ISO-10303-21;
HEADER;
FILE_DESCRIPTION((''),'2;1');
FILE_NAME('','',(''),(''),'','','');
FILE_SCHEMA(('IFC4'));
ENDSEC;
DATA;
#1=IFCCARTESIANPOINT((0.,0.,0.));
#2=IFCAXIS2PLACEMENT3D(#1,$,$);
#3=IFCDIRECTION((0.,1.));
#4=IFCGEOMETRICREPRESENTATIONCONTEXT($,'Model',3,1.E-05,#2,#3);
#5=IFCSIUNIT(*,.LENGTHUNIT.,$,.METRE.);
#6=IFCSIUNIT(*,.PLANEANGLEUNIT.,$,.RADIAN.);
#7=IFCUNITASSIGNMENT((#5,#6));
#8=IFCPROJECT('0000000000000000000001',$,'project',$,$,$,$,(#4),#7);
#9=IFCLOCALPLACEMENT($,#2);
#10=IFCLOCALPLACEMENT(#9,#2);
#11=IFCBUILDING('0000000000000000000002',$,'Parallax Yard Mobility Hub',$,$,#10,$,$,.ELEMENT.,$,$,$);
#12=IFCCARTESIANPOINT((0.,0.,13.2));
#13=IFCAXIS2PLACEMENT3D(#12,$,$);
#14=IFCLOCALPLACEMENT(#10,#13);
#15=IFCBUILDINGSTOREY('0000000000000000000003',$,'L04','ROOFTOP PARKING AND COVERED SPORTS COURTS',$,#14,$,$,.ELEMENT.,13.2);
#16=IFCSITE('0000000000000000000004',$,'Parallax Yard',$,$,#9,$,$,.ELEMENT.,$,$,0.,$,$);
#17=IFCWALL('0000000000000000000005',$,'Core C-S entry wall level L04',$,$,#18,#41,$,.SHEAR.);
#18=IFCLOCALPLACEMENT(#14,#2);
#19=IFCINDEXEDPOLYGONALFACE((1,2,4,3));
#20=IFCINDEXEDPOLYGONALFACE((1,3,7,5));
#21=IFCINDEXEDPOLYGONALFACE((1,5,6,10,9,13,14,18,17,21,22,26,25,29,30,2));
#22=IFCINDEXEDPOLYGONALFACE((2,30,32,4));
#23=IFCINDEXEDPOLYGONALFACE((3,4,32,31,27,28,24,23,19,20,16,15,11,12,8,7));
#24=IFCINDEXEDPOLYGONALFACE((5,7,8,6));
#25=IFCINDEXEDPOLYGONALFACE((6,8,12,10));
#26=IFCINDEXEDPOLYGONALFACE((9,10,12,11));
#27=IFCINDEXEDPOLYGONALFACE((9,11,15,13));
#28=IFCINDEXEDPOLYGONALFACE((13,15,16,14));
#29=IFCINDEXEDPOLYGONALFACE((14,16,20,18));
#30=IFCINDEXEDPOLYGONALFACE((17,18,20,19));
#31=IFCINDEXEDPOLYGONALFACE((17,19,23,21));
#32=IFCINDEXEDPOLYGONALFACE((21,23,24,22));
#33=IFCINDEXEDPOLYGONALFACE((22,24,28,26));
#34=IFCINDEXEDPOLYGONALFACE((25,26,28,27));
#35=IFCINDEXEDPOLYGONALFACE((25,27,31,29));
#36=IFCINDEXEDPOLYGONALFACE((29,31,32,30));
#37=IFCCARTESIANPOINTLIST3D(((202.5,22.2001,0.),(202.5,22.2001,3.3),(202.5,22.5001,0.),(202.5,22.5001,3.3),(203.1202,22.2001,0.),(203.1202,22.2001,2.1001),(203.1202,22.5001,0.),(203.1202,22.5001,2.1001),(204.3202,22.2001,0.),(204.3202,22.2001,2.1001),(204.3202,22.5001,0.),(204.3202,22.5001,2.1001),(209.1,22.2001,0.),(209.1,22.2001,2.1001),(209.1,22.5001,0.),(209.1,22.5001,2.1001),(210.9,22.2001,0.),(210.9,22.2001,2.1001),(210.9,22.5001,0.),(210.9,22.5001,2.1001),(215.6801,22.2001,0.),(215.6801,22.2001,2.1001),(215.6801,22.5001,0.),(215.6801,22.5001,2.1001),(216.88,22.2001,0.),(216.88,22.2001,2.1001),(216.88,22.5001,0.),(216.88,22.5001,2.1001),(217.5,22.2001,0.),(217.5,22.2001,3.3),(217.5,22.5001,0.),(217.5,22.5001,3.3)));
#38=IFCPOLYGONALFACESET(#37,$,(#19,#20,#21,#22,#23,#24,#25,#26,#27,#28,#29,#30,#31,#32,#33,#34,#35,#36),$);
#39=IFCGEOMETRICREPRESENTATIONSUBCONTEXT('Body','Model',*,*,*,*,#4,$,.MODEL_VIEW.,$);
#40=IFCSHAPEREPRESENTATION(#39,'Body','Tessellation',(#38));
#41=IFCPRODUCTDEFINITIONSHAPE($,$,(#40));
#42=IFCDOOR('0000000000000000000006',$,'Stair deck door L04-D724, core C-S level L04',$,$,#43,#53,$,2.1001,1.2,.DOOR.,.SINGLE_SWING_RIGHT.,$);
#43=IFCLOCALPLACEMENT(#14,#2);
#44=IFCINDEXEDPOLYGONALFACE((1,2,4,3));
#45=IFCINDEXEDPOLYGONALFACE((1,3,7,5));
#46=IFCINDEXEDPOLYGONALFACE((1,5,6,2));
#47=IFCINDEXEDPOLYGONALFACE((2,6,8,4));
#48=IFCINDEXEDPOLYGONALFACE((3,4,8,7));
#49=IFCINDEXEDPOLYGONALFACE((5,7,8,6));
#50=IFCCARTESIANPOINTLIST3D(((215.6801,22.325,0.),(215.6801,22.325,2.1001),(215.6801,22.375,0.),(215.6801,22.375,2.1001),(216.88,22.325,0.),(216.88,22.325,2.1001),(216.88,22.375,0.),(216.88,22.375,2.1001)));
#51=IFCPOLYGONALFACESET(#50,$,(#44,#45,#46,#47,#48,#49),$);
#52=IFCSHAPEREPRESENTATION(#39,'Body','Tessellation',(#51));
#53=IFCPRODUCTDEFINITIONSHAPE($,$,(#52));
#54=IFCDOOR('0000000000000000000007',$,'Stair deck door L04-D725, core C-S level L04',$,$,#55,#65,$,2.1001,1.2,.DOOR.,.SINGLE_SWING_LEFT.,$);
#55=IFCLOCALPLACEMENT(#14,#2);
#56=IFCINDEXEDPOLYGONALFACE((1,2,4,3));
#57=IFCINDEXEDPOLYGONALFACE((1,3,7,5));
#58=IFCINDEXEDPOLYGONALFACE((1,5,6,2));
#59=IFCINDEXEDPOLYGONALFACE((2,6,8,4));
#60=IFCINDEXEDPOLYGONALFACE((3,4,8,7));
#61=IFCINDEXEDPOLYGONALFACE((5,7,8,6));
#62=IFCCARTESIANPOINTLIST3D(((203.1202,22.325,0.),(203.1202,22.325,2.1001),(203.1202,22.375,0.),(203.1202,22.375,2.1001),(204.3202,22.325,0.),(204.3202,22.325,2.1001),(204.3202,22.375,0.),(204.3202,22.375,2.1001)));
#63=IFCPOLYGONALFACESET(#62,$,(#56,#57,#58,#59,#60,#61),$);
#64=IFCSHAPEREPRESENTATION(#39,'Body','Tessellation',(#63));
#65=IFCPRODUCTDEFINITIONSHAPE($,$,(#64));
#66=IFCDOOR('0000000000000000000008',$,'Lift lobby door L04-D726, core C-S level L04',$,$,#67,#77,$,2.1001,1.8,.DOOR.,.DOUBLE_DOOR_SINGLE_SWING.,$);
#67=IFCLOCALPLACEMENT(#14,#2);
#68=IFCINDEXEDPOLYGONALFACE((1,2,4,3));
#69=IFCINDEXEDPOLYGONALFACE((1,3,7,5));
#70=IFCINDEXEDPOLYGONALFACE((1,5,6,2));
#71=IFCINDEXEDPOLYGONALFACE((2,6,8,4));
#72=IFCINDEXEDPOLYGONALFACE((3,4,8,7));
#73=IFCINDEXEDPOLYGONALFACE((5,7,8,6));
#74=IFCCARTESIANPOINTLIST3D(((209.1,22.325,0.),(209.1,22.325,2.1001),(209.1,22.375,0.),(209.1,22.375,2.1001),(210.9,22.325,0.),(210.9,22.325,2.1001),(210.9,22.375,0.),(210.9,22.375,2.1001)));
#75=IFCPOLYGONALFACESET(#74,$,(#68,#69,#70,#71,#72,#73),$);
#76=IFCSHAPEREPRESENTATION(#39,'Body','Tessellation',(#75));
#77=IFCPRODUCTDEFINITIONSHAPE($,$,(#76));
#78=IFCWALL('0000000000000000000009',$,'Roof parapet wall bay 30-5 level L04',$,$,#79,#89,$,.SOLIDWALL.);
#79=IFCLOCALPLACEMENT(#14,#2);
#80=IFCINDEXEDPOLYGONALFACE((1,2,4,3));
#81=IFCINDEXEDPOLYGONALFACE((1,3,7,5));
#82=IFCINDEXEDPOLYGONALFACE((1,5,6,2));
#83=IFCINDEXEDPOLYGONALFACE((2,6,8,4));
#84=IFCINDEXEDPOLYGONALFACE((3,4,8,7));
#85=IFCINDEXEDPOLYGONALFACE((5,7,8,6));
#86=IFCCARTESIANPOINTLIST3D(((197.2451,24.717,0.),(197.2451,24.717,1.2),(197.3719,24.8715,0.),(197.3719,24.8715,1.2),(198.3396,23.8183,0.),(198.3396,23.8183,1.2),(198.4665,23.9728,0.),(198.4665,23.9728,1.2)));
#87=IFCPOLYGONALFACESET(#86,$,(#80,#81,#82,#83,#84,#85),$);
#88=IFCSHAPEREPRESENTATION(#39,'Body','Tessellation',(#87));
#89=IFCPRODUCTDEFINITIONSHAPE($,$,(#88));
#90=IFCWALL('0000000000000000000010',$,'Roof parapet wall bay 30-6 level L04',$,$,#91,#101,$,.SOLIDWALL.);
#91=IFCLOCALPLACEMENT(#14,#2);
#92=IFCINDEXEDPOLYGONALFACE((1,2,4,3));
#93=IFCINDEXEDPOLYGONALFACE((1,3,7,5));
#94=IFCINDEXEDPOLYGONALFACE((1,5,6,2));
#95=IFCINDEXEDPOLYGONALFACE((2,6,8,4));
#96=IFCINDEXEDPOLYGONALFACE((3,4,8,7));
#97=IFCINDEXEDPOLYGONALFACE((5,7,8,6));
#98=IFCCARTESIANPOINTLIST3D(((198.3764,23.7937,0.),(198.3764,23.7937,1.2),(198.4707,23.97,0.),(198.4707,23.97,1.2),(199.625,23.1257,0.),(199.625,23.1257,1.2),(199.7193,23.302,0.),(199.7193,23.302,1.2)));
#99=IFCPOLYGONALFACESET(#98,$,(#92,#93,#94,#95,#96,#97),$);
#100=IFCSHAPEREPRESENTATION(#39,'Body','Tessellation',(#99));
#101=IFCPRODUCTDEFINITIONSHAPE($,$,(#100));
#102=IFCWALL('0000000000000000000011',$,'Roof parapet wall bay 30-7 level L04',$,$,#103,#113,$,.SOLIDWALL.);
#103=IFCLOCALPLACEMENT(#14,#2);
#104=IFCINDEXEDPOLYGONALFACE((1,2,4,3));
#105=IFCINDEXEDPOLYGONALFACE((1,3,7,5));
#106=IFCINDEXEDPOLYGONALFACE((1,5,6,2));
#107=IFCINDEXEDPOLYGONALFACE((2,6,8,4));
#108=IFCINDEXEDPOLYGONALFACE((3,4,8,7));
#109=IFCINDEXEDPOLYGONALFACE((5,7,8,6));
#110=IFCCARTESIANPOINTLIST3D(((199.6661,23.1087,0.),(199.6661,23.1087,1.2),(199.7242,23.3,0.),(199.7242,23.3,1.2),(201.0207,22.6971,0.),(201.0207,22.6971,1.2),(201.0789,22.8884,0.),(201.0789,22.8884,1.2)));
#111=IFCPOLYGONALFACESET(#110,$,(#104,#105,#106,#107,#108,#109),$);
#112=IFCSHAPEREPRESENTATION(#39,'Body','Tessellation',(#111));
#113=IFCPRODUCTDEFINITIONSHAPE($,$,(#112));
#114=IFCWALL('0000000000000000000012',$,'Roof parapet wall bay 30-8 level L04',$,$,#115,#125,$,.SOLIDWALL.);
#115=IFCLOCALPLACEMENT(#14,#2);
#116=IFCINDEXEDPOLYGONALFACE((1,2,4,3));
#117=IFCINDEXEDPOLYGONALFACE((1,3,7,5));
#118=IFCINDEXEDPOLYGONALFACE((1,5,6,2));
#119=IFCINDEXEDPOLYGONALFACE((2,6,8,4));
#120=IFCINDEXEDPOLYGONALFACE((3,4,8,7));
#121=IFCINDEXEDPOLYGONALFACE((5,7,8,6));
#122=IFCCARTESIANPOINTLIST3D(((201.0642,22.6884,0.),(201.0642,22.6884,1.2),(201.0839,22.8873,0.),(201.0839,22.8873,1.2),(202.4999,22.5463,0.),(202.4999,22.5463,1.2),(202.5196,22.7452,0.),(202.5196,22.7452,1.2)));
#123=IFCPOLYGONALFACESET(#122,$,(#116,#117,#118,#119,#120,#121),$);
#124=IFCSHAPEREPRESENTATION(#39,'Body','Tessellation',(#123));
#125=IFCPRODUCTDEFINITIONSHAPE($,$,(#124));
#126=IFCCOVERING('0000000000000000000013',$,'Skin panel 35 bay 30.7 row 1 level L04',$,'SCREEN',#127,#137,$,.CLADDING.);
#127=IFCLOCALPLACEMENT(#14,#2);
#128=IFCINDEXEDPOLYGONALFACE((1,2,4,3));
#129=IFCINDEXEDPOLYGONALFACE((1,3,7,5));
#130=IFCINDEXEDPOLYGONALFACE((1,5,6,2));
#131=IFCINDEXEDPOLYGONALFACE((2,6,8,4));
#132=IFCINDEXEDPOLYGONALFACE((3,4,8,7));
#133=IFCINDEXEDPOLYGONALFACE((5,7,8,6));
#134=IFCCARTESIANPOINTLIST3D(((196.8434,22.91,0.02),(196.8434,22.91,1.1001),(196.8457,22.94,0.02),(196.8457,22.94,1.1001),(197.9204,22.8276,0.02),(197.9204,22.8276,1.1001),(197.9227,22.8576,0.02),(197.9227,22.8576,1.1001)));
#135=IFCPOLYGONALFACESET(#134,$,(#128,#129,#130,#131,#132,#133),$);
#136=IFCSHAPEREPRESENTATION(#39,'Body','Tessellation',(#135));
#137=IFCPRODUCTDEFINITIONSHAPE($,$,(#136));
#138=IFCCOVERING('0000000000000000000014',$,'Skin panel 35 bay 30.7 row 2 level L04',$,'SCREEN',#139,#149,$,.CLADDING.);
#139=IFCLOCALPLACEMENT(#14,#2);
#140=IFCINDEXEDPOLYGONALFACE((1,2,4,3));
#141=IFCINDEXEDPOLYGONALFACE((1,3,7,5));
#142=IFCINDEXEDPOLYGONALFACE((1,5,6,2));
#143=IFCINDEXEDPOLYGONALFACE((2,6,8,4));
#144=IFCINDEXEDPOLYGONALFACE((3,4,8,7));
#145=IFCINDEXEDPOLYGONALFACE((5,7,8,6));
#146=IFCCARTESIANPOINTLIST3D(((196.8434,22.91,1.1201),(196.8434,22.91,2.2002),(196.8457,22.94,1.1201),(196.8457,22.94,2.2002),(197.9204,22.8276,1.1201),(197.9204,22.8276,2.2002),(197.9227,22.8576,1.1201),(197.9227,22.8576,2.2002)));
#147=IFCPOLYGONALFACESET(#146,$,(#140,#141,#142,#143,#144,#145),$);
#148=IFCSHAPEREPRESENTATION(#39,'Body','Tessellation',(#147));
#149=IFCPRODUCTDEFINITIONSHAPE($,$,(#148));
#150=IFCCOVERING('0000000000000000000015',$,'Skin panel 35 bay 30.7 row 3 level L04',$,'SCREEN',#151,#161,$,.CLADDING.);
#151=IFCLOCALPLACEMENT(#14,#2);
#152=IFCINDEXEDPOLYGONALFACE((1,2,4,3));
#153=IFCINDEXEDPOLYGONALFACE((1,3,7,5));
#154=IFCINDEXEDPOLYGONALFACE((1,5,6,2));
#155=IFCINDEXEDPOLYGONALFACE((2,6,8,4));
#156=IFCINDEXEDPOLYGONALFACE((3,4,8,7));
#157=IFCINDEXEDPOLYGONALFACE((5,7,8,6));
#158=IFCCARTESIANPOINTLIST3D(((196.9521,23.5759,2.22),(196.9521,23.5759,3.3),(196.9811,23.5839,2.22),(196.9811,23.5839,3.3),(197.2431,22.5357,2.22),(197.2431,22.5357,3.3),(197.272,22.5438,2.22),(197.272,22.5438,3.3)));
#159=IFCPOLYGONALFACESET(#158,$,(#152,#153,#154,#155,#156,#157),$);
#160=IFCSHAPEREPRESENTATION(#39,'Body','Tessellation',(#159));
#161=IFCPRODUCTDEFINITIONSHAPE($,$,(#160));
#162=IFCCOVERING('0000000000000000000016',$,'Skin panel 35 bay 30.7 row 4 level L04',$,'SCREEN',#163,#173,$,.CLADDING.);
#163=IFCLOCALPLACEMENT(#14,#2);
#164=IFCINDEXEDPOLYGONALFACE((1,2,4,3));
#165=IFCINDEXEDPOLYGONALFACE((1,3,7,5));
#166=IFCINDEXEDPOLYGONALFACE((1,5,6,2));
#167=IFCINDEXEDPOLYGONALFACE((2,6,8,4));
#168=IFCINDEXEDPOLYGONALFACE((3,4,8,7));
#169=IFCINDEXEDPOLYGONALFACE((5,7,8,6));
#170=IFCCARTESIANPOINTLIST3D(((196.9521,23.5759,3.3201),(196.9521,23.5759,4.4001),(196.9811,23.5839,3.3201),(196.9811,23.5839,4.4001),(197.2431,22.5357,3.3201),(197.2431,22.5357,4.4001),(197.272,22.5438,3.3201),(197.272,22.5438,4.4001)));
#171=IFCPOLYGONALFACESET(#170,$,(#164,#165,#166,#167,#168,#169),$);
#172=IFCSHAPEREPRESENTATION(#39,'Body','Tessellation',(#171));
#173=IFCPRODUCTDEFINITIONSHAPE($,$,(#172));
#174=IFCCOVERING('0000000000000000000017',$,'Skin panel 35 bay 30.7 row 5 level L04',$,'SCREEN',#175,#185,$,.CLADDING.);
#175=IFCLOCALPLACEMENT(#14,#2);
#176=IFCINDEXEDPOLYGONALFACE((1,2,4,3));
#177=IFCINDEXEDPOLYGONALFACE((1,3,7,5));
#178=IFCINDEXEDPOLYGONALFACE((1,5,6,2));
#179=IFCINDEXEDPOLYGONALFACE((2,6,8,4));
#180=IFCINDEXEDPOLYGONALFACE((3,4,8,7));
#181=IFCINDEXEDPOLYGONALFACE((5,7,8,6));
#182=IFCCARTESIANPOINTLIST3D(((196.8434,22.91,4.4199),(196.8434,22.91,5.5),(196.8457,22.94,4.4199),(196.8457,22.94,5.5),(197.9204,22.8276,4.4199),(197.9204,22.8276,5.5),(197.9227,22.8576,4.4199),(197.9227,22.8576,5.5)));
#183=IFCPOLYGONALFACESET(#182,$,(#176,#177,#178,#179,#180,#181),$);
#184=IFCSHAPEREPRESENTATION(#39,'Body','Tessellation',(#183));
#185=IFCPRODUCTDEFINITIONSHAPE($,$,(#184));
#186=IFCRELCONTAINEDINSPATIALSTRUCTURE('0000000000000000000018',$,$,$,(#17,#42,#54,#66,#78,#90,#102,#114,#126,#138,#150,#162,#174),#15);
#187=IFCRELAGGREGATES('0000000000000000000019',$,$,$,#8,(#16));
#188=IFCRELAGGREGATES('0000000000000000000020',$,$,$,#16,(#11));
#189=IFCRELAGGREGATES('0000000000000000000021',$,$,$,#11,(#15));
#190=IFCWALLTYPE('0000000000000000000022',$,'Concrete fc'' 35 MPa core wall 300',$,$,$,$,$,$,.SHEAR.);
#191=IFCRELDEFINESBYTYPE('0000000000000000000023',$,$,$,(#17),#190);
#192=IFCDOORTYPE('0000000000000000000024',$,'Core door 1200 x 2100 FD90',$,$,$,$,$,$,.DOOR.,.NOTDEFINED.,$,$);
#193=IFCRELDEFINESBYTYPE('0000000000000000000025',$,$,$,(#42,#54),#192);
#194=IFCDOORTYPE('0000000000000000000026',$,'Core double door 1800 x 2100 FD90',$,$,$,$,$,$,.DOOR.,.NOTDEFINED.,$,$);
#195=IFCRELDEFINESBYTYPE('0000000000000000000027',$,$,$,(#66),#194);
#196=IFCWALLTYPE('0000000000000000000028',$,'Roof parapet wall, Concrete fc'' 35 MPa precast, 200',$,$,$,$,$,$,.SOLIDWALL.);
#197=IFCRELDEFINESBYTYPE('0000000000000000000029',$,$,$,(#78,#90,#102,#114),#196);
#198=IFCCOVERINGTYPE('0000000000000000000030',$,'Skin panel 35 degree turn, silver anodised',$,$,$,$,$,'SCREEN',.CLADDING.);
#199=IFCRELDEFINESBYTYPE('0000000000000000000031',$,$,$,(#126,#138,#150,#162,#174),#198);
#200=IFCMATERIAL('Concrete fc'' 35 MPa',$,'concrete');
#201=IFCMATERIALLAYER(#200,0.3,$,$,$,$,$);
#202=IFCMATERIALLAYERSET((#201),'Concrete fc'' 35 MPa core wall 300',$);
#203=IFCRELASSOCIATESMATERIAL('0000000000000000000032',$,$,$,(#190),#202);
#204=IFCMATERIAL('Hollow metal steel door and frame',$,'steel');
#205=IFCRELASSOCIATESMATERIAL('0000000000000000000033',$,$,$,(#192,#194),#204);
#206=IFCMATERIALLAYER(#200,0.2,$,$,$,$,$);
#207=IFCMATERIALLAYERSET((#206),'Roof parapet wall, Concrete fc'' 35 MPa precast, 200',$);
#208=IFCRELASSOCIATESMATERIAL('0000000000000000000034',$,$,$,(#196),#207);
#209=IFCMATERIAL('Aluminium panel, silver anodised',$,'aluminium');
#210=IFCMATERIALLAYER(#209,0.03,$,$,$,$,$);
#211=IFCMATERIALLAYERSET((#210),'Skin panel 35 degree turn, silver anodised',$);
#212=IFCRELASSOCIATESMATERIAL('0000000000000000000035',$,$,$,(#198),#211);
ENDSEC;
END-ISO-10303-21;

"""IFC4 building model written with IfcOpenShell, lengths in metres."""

from ifc_helpers import new_model, si_unit, direction, frame, frame_2d, origin, origin_2d, place, context, subcontext, project, spatial, rectangle, extrude, material, layer, layer_set, type_object, element, fill, save


model = new_model("IFC4")

# Units and contexts
model_context = context("Model", 3, precision=1e-05, world=origin(), true_north=direction((0.0, 1.0)))
body_context = subcontext(model_context, "Body", "Model", "MODEL_VIEW")
ifc_project = project(units=[si_unit("LENGTHUNIT", "METRE"), si_unit("PLANEANGLEUNIT", "RADIAN")], contexts=[model_context])

# Site, building, storey
site_placement = place(None, origin())
site = spatial("IfcSite", under=ifc_project, at=site_placement, Name="Parallax Yard", CompositionType="ELEMENT", RefElevation=0.0)
building_placement = place(site_placement, origin())
building = spatial("IfcBuilding", under=site, at=building_placement, Name="Parallax Yard Mobility Hub", CompositionType="ELEMENT")
storey_placement = place(building_placement, frame((0.0, 0.0, 13.2)))
storey = spatial("IfcBuildingStorey", under=building, at=storey_placement, Name="L04", Description="ROOFTOP PARKING AND COVERED SPORTS COURTS", CompositionType="ELEMENT", Elevation=13.2)

# Wall, openings, doors
ifc_material_1 = material(Name="Concrete fc' 35 MPa", Category="concrete")
ifc_layer_1 = layer(ifc_material_1, 0.3)
ifc_layer_set_1 = layer_set([ifc_layer_1], Name="Concrete fc' 35 MPa core wall 300")
wall_type_1 = type_object("IfcWallType", Name="Concrete fc' 35 MPa core wall 300", PredefinedType="SHEAR", material=ifc_layer_set_1)
wall_1_placement = place(storey_placement, frame((202.5, 22.3501, 0.0), z_axis=(0.0, 0.0, 1.0), x_axis=(1.0, 0.0, 0.0)))
wall_1 = element("IfcWall", 1, at=wall_1_placement, inside=storey, type_object=wall_type_1, Name="Core C-S entry wall level L04", PredefinedType="SHEAR", context=body_context, shape_type="SweptSolid", body=[
    extrude(rectangle(XDim=15.0, YDim=0.3, at=frame_2d((7.5, 0.0))), origin(), (0.0, 0.0, 1.0), 3.3),
])
opening_1_placement = place(wall_1_placement, frame((13.1799, 0.0, 0.0)))
opening_1 = element("IfcOpeningElement", 2, at=opening_1_placement, cuts=wall_1, PredefinedType="OPENING", context=body_context, shape_type="SweptSolid", body=[
    extrude(rectangle(XDim=1.2, YDim=2.1001, at=frame_2d((0.6001, 1.05))), frame((0.0, 0.1602, 0.0), z_axis=(0.0, -1.0, 0.0), x_axis=(1.0, 0.0, 0.0)), (0.0, 0.0, 1.0), 0.3201),
])
opening_2_placement = place(wall_1_placement, frame((0.6201, 0.0, 0.0)))
opening_2 = element("IfcOpeningElement", 3, at=opening_2_placement, cuts=wall_1, PredefinedType="OPENING", context=body_context, shape_type="SweptSolid", body=[
    extrude(rectangle(XDim=1.2, YDim=2.1001, at=frame_2d((0.6001, 1.05))), frame((0.0, 0.1602, 0.0), z_axis=(0.0, -1.0, 0.0), x_axis=(1.0, 0.0, 0.0)), (0.0, 0.0, 1.0), 0.3201),
])
opening_3_placement = place(wall_1_placement, frame((6.6001, 0.0, 0.0)))
opening_3 = element("IfcOpeningElement", 4, at=opening_3_placement, cuts=wall_1, PredefinedType="OPENING", context=body_context, shape_type="SweptSolid", body=[
    extrude(rectangle(XDim=1.8, YDim=2.1001, at=frame_2d((0.8999, 1.05))), frame((0.0, 0.1602, 0.0), z_axis=(0.0, -1.0, 0.0), x_axis=(1.0, 0.0, 0.0)), (0.0, 0.0, 1.0), 0.3201),
])
ifc_material_2 = material(Name="Hollow metal steel door and frame", Category="steel")
door_type_1 = type_object("IfcDoorType", Name="Core door 1200 x 2100 FD90", OperationType="NOTDEFINED", PredefinedType="DOOR", material=ifc_material_2)
door_1_placement = place(opening_1_placement, origin())
door_1 = element("IfcDoor", 5, at=door_1_placement, inside=storey, type_object=door_type_1, Name="Stair deck door L04-D724, core C-S level L04", OperationType="SINGLE_SWING_RIGHT", OverallHeight=2.1001, OverallWidth=1.2, PredefinedType="DOOR", context=body_context, shape_type="SweptSolid", body=[
    extrude(rectangle(XDim=1.2, YDim=2.1001, at=frame_2d((0.6001, 1.05))), frame((0.0, 0.0249, 0.0), z_axis=(0.0, -1.0, 0.0), x_axis=(1.0, 0.0, 0.0)), (0.0, 0.0, 1.0), 0.05),
])
fill(opening_1, door_1)
door_2_placement = place(opening_2_placement, origin())
door_2 = element("IfcDoor", 6, at=door_2_placement, inside=storey, type_object=door_type_1, Name="Stair deck door L04-D725, core C-S level L04", OperationType="SINGLE_SWING_LEFT", OverallHeight=2.1001, OverallWidth=1.2, PredefinedType="DOOR", context=body_context, shape_type="SweptSolid", body=[
    extrude(rectangle(XDim=1.2, YDim=2.1001, at=frame_2d((0.6001, 1.05))), frame((0.0, 0.0249, 0.0), z_axis=(0.0, -1.0, 0.0), x_axis=(1.0, 0.0, 0.0)), (0.0, 0.0, 1.0), 0.05),
])
fill(opening_2, door_2)
door_type_2 = type_object("IfcDoorType", Name="Core double door 1800 x 2100 FD90", OperationType="NOTDEFINED", PredefinedType="DOOR", material=ifc_material_2)
door_3_placement = place(opening_3_placement, origin())
door_3 = element("IfcDoor", 7, at=door_3_placement, inside=storey, type_object=door_type_2, Name="Lift lobby door L04-D726, core C-S level L04", OperationType="DOUBLE_DOOR_SINGLE_SWING", OverallHeight=2.1001, OverallWidth=1.8, PredefinedType="DOOR", context=body_context, shape_type="SweptSolid", body=[
    extrude(rectangle(XDim=1.8, YDim=2.1001, at=frame_2d((0.8999, 1.05))), frame((0.0, 0.0249, 0.0), z_axis=(0.0, -1.0, 0.0), x_axis=(1.0, 0.0, 0.0)), (0.0, 0.0, 1.0), 0.05),
])
fill(opening_3, door_3)

# Walls
ifc_layer_2 = layer(ifc_material_1, 0.2)
ifc_layer_set_2 = layer_set([ifc_layer_2], Name="Roof parapet wall, Concrete fc' 35 MPa precast, 200")
wall_type_2 = type_object("IfcWallType", Name="Roof parapet wall, Concrete fc' 35 MPa precast, 200", PredefinedType="SOLIDWALL", material=ifc_layer_set_2)
wall_2_placement = place(storey_placement, frame((197.3086, 24.7942, 0.0), z_axis=(0.0, 0.0, 1.0), x_axis=(0.77285, -0.634589, 0.0)))
element("IfcWall", 8, at=wall_2_placement, inside=storey, type_object=wall_type_2, Name="Roof parapet wall bay 30-5 level L04", PredefinedType="SOLIDWALL", context=body_context, shape_type="SweptSolid", body=[
    extrude(rectangle(XDim=1.4163, YDim=0.2, at=frame_2d((0.708, 0.0))), origin(), (0.0, 0.0, 1.0), 1.2),
])
wall_3_placement = place(storey_placement, frame((198.4236, 23.8818, 0.0), z_axis=(0.0, 0.0, 1.0), x_axis=(0.881741, -0.471733, 0.0)))
element("IfcWall", 9, at=wall_3_placement, inside=storey, type_object=wall_type_2, Name="Roof parapet wall bay 30-6 level L04", PredefinedType="SOLIDWALL", context=body_context, shape_type="SweptSolid", body=[
    extrude(rectangle(XDim=1.416, YDim=0.2, at=frame_2d((0.708, 0.0))), origin(), (0.0, 0.0, 1.0), 1.2),
])
wall_4_placement = place(storey_placement, frame((199.6951, 23.2043, 0.0), z_axis=(0.0, 0.0, 1.0), x_axis=(0.95681, -0.290716, 0.0)))
element("IfcWall", 10, at=wall_4_placement, inside=storey, type_object=wall_type_2, Name="Roof parapet wall bay 30-7 level L04", PredefinedType="SOLIDWALL", context=body_context, shape_type="SweptSolid", body=[
    extrude(rectangle(XDim=1.4158, YDim=0.2, at=frame_2d((0.708, 0.0))), origin(), (0.0, 0.0, 1.0), 1.2),
])
wall_5_placement = place(storey_placement, frame((201.0742, 22.7878, 0.0), z_axis=(0.0, 0.0, 1.0), x_axis=(0.995137, -0.098498, 0.0)))
element("IfcWall", 11, at=wall_5_placement, inside=storey, type_object=wall_type_2, Name="Roof parapet wall bay 30-8 level L04", PredefinedType="SOLIDWALL", context=body_context, shape_type="SweptSolid", body=[
    extrude(rectangle(XDim=1.4426, YDim=0.2, at=frame_2d((0.7212, 0.0))), origin(), (0.0, 0.0, 1.0), 1.2),
])

# Coverings
ifc_material_3 = material(Name="Aluminium panel, silver anodised", Category="aluminium")
ifc_layer_3 = layer(ifc_material_3, 0.03)
ifc_layer_set_3 = layer_set([ifc_layer_3], Name="Skin panel 35 degree turn, silver anodised")
covering_type = type_object("IfcCoveringType", Name="Skin panel 35 degree turn, silver anodised", ElementType="SCREEN", PredefinedType="CLADDING", material=ifc_layer_set_3)
for number, where, z_axis, x_axis, name in (
    (12, (197.3831, 22.8838, 0.02), (0.0, 0.0, 1.0), (-0.997086, 0.076284, 0.0), "Skin panel 35 bay 30.7 row 1 level L04"),
    (13, (197.3831, 22.8838, 1.1201), (0.0, 0.0, 1.0), (-0.997086, 0.076284, 0.0), "Skin panel 35 bay 30.7 row 2 level L04"),
    (14, (197.1121, 23.0598, 2.22), (0.0, 0.0, 1.0), (0.26934, -0.963045, 0.0), "Skin panel 35 bay 30.7 row 3 level L04"),
    (15, (197.1121, 23.0598, 3.3201), (0.0, 0.0, 1.0), (0.26934, -0.963045, 0.0), "Skin panel 35 bay 30.7 row 4 level L04"),
    (16, (197.3831, 22.8838, 4.4199), (0.0, 0.0, 1.0), (-0.997086, 0.076284, 0.0), "Skin panel 35 bay 30.7 row 5 level L04"),
):
    element("IfcCovering", number, at=place(storey_placement, frame(where, z_axis=z_axis, x_axis=x_axis)), inside=storey, type_object=covering_type, Name=name, ObjectType="SCREEN", PredefinedType="CLADDING", context=body_context, shape_type="SweptSolid", body=[
        extrude(rectangle(XDim=1.0801, YDim=0.03, at=origin_2d()), origin(), (0.0, 0.0, 1.0), 1.0801),
    ])

save(model, "model.ifc")
